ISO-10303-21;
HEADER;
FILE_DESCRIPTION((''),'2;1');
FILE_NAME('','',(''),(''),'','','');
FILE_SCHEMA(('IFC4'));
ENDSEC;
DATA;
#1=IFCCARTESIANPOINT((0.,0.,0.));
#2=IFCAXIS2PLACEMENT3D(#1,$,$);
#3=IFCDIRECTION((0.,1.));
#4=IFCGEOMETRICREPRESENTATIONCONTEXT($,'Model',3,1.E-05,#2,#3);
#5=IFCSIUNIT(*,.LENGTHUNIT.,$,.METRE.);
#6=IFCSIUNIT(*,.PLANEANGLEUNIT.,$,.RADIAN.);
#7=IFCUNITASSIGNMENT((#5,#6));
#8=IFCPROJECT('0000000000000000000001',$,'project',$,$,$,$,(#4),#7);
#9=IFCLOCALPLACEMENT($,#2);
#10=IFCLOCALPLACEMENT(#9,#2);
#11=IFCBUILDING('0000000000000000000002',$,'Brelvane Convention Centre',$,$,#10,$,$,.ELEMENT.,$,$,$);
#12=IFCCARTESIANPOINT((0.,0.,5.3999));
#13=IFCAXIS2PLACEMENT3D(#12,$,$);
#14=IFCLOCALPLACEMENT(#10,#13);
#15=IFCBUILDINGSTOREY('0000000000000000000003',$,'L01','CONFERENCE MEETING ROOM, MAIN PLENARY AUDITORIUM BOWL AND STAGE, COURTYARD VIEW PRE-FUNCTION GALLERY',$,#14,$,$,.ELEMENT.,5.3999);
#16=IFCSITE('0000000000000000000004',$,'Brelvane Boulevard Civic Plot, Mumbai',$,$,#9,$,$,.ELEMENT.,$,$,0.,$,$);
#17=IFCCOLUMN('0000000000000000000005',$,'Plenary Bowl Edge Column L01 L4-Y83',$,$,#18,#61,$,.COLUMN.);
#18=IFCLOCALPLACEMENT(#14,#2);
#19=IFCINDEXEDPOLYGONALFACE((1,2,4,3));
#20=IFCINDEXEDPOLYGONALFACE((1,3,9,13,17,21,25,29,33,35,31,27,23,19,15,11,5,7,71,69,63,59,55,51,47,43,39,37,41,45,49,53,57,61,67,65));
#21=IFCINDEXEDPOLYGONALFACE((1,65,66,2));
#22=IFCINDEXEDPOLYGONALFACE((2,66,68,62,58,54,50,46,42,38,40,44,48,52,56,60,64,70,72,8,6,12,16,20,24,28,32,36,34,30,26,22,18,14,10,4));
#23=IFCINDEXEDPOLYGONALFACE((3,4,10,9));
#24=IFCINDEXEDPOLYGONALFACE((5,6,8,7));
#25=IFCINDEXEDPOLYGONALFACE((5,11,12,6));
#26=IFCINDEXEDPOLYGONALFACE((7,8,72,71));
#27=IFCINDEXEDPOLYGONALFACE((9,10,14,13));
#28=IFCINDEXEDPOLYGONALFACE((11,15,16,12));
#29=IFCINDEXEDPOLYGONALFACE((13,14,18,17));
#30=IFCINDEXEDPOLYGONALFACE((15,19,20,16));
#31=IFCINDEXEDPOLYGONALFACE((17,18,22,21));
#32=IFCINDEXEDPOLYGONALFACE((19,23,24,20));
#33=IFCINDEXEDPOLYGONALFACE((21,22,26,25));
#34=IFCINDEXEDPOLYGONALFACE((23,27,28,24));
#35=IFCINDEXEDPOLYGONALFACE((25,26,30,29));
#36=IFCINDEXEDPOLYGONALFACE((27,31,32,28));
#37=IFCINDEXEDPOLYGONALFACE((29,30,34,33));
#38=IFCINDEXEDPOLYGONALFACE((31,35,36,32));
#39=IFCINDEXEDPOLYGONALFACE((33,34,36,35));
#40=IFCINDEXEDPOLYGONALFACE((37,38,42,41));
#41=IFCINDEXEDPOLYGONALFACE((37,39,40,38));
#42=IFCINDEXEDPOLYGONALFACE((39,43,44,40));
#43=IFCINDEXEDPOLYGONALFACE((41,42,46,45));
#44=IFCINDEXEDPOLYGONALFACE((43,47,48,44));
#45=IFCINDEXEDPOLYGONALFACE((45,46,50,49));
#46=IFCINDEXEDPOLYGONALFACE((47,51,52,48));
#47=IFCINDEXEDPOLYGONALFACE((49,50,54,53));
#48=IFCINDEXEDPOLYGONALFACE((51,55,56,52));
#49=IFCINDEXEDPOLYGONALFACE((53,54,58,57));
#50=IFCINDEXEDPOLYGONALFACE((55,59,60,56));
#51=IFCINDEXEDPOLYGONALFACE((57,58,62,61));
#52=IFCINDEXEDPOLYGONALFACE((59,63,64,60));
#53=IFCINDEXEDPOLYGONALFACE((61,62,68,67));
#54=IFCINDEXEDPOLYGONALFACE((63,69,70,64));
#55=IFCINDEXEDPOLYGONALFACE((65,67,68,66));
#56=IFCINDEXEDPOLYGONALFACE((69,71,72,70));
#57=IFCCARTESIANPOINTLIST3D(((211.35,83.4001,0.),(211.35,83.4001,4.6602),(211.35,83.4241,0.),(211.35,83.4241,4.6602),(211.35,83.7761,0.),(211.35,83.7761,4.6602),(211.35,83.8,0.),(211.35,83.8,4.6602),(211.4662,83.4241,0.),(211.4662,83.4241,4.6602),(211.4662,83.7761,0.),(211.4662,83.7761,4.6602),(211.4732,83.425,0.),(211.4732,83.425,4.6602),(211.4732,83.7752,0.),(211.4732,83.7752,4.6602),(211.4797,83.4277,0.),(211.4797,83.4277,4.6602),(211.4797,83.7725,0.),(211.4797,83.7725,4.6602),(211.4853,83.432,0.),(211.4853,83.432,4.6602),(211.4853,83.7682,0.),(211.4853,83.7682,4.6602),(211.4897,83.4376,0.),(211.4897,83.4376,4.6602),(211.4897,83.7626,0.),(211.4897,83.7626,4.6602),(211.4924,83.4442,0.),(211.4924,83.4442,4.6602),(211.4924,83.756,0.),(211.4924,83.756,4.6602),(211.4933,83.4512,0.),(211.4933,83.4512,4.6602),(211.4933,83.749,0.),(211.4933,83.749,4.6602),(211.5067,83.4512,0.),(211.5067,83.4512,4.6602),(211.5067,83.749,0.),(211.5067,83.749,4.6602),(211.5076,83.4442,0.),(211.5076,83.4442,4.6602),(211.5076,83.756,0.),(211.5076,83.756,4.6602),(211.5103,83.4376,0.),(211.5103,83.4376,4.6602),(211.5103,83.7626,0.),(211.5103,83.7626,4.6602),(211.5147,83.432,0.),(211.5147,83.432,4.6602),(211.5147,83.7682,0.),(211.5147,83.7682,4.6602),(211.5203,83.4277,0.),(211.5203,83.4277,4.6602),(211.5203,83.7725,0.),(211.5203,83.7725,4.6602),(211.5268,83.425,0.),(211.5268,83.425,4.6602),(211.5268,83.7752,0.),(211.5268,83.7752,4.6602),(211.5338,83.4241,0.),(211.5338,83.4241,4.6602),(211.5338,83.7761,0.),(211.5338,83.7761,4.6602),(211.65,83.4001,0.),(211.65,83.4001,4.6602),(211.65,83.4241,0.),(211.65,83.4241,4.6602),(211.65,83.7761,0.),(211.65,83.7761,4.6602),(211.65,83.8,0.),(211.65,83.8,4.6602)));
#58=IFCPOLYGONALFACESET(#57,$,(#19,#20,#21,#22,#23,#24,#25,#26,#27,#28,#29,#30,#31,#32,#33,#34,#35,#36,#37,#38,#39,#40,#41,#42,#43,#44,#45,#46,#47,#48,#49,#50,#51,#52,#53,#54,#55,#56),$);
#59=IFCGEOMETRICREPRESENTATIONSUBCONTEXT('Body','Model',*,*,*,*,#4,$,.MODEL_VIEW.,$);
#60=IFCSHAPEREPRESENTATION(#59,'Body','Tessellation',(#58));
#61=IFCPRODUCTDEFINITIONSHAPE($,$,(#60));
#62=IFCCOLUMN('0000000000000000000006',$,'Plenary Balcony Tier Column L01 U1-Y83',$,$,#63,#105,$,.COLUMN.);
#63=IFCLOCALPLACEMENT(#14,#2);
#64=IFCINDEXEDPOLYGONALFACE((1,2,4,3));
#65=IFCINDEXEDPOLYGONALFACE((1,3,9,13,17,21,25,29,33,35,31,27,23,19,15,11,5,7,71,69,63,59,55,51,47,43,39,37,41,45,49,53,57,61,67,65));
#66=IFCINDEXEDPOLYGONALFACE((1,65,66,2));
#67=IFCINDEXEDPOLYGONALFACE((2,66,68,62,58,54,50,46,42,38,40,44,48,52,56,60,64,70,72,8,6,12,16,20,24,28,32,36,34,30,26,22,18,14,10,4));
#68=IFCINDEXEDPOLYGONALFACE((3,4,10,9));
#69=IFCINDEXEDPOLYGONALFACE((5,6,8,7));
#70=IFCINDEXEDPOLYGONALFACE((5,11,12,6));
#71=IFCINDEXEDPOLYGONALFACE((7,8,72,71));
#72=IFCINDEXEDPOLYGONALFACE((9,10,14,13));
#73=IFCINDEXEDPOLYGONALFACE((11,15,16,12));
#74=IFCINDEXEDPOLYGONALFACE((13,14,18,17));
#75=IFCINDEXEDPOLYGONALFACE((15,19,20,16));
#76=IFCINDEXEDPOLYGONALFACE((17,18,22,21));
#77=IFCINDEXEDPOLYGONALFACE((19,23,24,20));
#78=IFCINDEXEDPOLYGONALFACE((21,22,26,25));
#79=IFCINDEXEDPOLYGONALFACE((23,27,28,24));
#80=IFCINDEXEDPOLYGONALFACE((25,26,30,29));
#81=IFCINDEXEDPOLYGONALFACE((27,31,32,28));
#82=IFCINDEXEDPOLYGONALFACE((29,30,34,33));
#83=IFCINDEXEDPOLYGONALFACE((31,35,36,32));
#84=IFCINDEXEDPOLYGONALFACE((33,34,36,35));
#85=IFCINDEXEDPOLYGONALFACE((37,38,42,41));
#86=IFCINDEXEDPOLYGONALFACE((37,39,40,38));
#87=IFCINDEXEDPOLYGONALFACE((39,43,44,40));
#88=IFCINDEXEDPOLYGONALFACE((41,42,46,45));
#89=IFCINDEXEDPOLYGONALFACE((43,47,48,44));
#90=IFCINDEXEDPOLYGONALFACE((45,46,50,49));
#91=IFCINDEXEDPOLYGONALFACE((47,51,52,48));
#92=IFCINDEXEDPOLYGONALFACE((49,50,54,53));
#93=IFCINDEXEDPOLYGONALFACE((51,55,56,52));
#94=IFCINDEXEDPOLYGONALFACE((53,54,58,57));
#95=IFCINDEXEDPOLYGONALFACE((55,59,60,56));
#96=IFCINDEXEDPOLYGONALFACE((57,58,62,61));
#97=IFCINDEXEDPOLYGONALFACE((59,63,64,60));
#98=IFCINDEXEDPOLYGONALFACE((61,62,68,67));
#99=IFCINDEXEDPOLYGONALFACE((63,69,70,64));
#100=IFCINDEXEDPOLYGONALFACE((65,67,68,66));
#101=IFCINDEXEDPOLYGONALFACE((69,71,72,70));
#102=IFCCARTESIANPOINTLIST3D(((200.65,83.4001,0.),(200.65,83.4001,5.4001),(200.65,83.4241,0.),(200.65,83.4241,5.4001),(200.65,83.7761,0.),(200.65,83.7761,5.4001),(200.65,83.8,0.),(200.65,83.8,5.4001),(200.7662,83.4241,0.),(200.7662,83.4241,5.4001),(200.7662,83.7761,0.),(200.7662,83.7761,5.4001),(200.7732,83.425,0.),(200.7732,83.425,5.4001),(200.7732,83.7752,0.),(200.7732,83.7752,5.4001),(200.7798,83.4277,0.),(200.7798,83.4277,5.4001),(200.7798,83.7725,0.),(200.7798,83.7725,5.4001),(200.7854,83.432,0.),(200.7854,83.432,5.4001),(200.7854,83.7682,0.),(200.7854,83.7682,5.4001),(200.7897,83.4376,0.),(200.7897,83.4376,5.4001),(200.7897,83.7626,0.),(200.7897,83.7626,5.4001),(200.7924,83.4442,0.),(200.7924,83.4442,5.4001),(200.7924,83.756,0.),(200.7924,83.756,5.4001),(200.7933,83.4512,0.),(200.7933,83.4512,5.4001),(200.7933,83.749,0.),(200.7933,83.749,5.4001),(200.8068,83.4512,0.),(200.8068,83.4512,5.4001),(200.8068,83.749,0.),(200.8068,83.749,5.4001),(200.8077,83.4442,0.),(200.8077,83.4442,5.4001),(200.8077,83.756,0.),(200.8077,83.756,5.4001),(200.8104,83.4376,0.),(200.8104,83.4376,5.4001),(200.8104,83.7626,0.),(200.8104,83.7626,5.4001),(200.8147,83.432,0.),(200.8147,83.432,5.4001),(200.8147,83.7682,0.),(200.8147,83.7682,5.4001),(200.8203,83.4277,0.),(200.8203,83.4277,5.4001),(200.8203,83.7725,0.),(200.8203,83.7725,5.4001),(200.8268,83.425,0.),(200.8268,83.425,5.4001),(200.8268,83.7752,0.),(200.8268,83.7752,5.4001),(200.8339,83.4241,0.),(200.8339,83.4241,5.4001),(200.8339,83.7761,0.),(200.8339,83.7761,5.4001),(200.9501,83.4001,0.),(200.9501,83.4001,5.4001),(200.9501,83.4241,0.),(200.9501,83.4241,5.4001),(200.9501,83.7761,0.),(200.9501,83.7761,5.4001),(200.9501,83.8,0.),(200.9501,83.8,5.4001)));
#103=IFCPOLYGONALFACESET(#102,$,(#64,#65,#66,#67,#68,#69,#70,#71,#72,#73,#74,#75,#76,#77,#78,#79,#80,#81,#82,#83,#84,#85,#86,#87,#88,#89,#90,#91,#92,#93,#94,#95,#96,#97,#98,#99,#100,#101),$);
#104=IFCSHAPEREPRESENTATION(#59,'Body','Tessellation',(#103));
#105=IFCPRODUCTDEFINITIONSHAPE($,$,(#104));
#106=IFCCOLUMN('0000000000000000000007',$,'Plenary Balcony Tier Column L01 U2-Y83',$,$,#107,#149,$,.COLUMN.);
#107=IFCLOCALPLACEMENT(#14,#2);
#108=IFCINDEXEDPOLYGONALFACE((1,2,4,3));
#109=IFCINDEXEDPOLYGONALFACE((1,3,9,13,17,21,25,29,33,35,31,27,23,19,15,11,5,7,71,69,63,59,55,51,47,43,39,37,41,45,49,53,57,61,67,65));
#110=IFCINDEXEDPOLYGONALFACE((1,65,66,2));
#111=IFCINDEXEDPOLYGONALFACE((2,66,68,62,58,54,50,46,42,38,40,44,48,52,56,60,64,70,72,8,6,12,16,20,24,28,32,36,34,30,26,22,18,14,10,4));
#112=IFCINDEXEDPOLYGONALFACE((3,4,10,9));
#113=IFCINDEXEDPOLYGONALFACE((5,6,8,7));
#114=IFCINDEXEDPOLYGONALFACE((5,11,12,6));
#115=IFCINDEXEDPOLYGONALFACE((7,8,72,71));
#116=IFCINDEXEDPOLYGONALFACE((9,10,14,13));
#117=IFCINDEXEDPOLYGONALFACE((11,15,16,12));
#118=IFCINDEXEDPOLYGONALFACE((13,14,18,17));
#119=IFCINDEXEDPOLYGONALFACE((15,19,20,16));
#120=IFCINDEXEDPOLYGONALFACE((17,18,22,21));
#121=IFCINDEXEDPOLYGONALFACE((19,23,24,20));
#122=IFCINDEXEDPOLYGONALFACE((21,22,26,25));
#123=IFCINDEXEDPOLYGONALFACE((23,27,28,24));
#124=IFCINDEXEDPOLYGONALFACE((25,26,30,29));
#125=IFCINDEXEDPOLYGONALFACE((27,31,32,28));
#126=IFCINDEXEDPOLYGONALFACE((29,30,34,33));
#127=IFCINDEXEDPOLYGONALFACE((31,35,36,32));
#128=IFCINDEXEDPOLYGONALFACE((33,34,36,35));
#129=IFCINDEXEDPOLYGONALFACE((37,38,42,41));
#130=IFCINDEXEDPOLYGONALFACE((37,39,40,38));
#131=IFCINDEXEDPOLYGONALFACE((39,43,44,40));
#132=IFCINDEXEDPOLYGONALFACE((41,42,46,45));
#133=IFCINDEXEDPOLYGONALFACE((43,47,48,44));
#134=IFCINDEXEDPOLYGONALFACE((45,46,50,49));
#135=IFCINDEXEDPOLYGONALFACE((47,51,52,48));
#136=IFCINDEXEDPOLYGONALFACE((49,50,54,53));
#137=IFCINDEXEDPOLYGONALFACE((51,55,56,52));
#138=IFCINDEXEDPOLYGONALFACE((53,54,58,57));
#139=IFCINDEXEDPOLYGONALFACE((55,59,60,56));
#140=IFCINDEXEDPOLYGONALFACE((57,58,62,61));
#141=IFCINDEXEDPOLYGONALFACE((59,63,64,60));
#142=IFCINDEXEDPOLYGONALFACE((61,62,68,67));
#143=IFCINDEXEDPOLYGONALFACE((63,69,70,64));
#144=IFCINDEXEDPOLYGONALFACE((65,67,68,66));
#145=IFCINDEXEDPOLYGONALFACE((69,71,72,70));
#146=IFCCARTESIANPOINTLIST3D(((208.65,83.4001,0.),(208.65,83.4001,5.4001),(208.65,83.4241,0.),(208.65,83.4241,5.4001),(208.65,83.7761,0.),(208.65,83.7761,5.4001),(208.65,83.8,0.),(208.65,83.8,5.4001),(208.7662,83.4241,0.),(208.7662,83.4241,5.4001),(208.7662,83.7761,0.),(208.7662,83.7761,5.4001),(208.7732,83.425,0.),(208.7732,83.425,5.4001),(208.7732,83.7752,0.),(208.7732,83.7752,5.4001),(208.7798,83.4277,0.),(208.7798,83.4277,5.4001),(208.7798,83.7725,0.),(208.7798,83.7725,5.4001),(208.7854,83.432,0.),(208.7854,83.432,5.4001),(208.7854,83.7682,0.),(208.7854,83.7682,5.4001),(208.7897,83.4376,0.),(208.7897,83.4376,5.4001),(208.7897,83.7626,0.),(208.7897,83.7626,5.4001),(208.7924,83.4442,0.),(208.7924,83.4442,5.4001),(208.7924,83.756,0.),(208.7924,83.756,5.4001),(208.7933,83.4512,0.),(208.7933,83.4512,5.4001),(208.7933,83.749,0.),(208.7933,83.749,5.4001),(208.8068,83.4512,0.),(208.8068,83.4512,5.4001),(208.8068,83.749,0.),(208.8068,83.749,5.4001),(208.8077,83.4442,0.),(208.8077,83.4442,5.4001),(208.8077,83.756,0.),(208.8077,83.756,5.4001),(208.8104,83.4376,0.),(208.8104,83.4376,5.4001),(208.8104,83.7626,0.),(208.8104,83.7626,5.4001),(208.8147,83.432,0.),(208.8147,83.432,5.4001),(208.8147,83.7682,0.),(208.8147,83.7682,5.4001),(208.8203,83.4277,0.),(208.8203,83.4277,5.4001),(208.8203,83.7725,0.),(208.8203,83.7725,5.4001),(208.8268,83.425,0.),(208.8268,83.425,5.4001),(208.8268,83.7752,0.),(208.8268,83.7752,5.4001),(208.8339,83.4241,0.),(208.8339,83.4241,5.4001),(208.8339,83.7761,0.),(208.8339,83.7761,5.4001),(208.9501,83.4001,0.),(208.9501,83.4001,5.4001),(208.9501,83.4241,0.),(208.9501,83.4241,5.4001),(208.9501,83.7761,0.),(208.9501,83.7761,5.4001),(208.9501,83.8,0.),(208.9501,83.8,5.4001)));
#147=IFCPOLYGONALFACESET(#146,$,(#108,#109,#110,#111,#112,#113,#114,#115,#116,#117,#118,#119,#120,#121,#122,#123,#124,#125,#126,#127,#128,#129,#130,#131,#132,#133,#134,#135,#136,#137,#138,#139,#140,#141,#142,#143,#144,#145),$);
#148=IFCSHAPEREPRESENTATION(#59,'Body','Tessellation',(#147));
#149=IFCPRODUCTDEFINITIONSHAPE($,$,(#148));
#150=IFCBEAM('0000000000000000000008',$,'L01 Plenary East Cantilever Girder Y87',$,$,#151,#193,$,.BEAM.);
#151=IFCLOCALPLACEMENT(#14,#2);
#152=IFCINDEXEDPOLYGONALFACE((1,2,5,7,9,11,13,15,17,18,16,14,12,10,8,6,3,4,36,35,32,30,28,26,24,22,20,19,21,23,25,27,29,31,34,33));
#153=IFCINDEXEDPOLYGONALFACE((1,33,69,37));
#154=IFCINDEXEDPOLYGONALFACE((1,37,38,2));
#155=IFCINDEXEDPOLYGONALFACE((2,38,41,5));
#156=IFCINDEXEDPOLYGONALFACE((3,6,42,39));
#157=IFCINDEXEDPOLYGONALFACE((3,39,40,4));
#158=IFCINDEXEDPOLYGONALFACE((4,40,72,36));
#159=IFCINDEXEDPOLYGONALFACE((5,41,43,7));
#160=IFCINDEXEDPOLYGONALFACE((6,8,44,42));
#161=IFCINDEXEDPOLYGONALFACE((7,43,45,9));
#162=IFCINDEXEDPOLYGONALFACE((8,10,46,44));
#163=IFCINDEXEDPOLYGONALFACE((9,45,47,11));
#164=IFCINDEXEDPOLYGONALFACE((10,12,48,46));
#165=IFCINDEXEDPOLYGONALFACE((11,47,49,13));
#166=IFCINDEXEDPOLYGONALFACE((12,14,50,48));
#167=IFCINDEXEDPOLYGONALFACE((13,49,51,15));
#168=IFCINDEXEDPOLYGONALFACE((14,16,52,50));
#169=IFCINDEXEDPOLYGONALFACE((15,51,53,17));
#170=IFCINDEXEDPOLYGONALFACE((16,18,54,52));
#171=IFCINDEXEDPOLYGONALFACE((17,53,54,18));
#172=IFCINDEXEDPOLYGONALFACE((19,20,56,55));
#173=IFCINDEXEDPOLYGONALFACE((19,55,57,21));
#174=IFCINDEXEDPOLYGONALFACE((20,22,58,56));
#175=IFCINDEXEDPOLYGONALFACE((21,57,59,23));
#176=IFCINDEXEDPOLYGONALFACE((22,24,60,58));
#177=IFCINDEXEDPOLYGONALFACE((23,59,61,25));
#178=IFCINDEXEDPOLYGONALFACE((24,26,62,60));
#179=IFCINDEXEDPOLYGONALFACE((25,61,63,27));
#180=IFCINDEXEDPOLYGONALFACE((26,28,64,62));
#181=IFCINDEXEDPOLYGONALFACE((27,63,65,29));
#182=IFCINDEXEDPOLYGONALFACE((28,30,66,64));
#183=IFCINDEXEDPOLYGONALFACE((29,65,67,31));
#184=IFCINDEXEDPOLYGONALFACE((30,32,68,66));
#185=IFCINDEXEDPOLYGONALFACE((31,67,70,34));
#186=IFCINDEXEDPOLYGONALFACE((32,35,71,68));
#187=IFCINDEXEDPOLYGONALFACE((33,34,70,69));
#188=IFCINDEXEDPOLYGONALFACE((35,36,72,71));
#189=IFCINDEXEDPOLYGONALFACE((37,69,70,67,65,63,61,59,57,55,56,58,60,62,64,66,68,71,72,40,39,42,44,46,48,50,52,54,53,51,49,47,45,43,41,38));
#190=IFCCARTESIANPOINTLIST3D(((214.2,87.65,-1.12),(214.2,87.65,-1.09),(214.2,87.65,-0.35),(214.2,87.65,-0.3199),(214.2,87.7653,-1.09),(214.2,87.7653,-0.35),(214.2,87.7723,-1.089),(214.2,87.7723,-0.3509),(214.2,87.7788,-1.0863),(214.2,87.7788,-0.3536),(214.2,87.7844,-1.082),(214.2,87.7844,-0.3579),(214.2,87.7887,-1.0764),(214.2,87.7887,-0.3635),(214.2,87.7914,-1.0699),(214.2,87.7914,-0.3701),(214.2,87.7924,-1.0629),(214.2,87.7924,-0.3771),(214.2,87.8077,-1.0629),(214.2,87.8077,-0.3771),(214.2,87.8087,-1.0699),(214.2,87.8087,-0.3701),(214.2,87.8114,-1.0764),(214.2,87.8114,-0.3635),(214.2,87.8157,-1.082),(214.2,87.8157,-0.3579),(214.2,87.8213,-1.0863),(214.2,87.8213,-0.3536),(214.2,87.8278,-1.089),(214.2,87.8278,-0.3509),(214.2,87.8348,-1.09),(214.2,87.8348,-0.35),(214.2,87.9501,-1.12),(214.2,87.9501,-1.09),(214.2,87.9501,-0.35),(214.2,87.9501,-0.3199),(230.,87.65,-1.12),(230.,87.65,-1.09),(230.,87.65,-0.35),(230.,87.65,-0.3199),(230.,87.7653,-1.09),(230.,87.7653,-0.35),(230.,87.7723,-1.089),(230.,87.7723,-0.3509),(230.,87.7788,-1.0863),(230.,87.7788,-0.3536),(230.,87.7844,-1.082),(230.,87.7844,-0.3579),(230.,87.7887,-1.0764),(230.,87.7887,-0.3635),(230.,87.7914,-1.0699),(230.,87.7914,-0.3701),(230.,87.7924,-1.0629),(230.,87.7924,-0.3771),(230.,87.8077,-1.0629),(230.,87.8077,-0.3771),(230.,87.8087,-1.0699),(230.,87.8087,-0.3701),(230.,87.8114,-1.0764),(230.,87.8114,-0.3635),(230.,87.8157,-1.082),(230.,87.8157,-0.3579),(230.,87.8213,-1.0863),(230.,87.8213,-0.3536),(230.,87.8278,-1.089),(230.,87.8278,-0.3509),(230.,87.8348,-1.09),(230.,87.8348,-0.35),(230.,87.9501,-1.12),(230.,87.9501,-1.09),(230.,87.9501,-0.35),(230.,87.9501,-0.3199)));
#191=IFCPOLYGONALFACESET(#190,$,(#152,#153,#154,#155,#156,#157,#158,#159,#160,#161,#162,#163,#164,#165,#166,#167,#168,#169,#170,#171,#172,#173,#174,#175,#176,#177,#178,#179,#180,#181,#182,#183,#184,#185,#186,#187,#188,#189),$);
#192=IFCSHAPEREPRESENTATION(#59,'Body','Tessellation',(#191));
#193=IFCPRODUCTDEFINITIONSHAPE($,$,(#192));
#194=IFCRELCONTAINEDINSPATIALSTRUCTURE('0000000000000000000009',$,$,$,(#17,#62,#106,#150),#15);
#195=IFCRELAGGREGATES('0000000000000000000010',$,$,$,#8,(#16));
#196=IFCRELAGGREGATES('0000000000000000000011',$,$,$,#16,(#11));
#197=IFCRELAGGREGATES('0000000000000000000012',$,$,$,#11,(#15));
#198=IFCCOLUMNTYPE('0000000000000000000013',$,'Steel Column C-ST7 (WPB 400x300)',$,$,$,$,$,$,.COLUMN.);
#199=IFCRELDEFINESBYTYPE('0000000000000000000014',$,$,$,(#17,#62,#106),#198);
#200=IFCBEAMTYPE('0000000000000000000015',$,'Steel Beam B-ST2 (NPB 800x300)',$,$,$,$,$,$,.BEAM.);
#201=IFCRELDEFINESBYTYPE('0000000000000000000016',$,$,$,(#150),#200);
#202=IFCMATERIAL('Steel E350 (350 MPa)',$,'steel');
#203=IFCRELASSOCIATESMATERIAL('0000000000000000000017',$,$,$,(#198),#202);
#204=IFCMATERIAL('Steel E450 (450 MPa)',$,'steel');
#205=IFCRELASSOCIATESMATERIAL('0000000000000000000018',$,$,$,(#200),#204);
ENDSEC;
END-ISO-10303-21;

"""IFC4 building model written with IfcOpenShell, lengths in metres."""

from ifc_helpers import new_model, si_unit, direction, frame, origin, origin_2d, place, context, subcontext, project, spatial, i_section, extrude, material, material_profile, profile_set, type_object, element, save


model = new_model("IFC4")

# Units and contexts
model_context = context("Model", 3, precision=1e-05, world=origin(), true_north=direction((0.0, 1.0)))
body_context = subcontext(model_context, "Body", "Model", "MODEL_VIEW")
ifc_project = project(units=[si_unit("LENGTHUNIT", "METRE"), si_unit("PLANEANGLEUNIT", "RADIAN")], contexts=[model_context])

# Site, building, storey
site_placement = place(None, origin())
site = spatial("IfcSite", under=ifc_project, at=site_placement, Name="Brelvane Boulevard Civic Plot, Mumbai", CompositionType="ELEMENT", RefElevation=0.0)
building_placement = place(site_placement, origin())
building = spatial("IfcBuilding", under=site, at=building_placement, Name="Brelvane Convention Centre", CompositionType="ELEMENT")
storey_placement = place(building_placement, frame((0.0, 0.0, 5.3999)))
storey = spatial("IfcBuildingStorey", under=building, at=storey_placement, Name="L01", Description="CONFERENCE MEETING ROOM, MAIN PLENARY AUDITORIUM BOWL AND STAGE, COURTYARD VIEW PRE-FUNCTION GALLERY", CompositionType="ELEMENT", Elevation=5.3999)

# Columns
ifc_material_1 = material(Name="Steel E350 (350 MPa)", Category="steel")
ifc_material_profile_1 = material_profile(ifc_material_1, i_section(OverallWidth=0.3, OverallDepth=0.3999, WebThickness=0.0134, FlangeThickness=0.0239, FilletRadius=0.0271, at=origin_2d()), Name="WPB 400x300")
ifc_profile_set_1 = profile_set([ifc_material_profile_1], Name="Steel E350 (350 MPa)")
column_type_1 = type_object("IfcColumnType", Name="Steel Column C-ST7 (WPB 400x300)", PredefinedType="COLUMN", material=ifc_profile_set_1)
column_1_placement = place(storey_placement, frame((211.5, 83.6001, 0.0), z_axis=(0.0, 0.0, 1.0), x_axis=(1.0, 0.0, 0.0)))
element("IfcColumn", 1, at=column_1_placement, inside=storey, type_object=column_type_1, Name="Plenary Bowl Edge Column L01 L4-Y83", PredefinedType="COLUMN", context=body_context, shape_type="SweptSolid", body=[
    extrude(i_section(OverallWidth=0.3, OverallDepth=0.3999, WebThickness=0.0134, FlangeThickness=0.0239, FilletRadius=0.0271, at=origin_2d()), origin(), (0.0, 0.0, 1.0), 4.6602),
])
for number, where, z_axis, x_axis, name in (
    (2, (200.8, 83.6001, 0.0), (0.0, 0.0, 1.0), (1.0, 0.0, 0.0), "Plenary Balcony Tier Column L01 U1-Y83"),
    (3, (208.8, 83.6001, 0.0), (0.0, 0.0, 1.0), (1.0, 0.0, 0.0), "Plenary Balcony Tier Column L01 U2-Y83"),
):
    element("IfcColumn", number, at=place(storey_placement, frame(where, z_axis=z_axis, x_axis=x_axis)), inside=storey, type_object=column_type_1, Name=name, PredefinedType="COLUMN", context=body_context, shape_type="SweptSolid", body=[
        extrude(i_section(OverallWidth=0.3, OverallDepth=0.3999, WebThickness=0.0134, FlangeThickness=0.0239, FilletRadius=0.0271, at=origin_2d()), origin(), (0.0, 0.0, 1.0), 5.4001),
    ])

# Beam
ifc_material_2 = material(Name="Steel E450 (450 MPa)", Category="steel")
ifc_material_profile_2 = material_profile(ifc_material_2, i_section(OverallWidth=0.3, OverallDepth=0.8, WebThickness=0.0154, FlangeThickness=0.03, FilletRadius=0.0271, at=origin_2d()), Name="NPB 800x300")
ifc_profile_set_2 = profile_set([ifc_material_profile_2], Name="Steel E450 (450 MPa)")
beam_type_1 = type_object("IfcBeamType", Name="Steel Beam B-ST2 (NPB 800x300)", PredefinedType="BEAM", material=ifc_profile_set_2)
beam_placement = place(storey_placement, frame((214.2, 87.8, -0.72), z_axis=(1.0, 0.0, 0.0), x_axis=(0.0, 1.0, 0.0)))
element("IfcBeam", 4, at=beam_placement, inside=storey, type_object=beam_type_1, Name="L01 Plenary East Cantilever Girder Y87", PredefinedType="BEAM", context=body_context, shape_type="SweptSolid", body=[
    extrude(i_section(OverallWidth=0.3, OverallDepth=0.8, WebThickness=0.0154, FlangeThickness=0.03, FilletRadius=0.0271, at=origin_2d()), origin(), (0.0, 0.0, 1.0), 15.8),
])

save(model, "model.ifc")
